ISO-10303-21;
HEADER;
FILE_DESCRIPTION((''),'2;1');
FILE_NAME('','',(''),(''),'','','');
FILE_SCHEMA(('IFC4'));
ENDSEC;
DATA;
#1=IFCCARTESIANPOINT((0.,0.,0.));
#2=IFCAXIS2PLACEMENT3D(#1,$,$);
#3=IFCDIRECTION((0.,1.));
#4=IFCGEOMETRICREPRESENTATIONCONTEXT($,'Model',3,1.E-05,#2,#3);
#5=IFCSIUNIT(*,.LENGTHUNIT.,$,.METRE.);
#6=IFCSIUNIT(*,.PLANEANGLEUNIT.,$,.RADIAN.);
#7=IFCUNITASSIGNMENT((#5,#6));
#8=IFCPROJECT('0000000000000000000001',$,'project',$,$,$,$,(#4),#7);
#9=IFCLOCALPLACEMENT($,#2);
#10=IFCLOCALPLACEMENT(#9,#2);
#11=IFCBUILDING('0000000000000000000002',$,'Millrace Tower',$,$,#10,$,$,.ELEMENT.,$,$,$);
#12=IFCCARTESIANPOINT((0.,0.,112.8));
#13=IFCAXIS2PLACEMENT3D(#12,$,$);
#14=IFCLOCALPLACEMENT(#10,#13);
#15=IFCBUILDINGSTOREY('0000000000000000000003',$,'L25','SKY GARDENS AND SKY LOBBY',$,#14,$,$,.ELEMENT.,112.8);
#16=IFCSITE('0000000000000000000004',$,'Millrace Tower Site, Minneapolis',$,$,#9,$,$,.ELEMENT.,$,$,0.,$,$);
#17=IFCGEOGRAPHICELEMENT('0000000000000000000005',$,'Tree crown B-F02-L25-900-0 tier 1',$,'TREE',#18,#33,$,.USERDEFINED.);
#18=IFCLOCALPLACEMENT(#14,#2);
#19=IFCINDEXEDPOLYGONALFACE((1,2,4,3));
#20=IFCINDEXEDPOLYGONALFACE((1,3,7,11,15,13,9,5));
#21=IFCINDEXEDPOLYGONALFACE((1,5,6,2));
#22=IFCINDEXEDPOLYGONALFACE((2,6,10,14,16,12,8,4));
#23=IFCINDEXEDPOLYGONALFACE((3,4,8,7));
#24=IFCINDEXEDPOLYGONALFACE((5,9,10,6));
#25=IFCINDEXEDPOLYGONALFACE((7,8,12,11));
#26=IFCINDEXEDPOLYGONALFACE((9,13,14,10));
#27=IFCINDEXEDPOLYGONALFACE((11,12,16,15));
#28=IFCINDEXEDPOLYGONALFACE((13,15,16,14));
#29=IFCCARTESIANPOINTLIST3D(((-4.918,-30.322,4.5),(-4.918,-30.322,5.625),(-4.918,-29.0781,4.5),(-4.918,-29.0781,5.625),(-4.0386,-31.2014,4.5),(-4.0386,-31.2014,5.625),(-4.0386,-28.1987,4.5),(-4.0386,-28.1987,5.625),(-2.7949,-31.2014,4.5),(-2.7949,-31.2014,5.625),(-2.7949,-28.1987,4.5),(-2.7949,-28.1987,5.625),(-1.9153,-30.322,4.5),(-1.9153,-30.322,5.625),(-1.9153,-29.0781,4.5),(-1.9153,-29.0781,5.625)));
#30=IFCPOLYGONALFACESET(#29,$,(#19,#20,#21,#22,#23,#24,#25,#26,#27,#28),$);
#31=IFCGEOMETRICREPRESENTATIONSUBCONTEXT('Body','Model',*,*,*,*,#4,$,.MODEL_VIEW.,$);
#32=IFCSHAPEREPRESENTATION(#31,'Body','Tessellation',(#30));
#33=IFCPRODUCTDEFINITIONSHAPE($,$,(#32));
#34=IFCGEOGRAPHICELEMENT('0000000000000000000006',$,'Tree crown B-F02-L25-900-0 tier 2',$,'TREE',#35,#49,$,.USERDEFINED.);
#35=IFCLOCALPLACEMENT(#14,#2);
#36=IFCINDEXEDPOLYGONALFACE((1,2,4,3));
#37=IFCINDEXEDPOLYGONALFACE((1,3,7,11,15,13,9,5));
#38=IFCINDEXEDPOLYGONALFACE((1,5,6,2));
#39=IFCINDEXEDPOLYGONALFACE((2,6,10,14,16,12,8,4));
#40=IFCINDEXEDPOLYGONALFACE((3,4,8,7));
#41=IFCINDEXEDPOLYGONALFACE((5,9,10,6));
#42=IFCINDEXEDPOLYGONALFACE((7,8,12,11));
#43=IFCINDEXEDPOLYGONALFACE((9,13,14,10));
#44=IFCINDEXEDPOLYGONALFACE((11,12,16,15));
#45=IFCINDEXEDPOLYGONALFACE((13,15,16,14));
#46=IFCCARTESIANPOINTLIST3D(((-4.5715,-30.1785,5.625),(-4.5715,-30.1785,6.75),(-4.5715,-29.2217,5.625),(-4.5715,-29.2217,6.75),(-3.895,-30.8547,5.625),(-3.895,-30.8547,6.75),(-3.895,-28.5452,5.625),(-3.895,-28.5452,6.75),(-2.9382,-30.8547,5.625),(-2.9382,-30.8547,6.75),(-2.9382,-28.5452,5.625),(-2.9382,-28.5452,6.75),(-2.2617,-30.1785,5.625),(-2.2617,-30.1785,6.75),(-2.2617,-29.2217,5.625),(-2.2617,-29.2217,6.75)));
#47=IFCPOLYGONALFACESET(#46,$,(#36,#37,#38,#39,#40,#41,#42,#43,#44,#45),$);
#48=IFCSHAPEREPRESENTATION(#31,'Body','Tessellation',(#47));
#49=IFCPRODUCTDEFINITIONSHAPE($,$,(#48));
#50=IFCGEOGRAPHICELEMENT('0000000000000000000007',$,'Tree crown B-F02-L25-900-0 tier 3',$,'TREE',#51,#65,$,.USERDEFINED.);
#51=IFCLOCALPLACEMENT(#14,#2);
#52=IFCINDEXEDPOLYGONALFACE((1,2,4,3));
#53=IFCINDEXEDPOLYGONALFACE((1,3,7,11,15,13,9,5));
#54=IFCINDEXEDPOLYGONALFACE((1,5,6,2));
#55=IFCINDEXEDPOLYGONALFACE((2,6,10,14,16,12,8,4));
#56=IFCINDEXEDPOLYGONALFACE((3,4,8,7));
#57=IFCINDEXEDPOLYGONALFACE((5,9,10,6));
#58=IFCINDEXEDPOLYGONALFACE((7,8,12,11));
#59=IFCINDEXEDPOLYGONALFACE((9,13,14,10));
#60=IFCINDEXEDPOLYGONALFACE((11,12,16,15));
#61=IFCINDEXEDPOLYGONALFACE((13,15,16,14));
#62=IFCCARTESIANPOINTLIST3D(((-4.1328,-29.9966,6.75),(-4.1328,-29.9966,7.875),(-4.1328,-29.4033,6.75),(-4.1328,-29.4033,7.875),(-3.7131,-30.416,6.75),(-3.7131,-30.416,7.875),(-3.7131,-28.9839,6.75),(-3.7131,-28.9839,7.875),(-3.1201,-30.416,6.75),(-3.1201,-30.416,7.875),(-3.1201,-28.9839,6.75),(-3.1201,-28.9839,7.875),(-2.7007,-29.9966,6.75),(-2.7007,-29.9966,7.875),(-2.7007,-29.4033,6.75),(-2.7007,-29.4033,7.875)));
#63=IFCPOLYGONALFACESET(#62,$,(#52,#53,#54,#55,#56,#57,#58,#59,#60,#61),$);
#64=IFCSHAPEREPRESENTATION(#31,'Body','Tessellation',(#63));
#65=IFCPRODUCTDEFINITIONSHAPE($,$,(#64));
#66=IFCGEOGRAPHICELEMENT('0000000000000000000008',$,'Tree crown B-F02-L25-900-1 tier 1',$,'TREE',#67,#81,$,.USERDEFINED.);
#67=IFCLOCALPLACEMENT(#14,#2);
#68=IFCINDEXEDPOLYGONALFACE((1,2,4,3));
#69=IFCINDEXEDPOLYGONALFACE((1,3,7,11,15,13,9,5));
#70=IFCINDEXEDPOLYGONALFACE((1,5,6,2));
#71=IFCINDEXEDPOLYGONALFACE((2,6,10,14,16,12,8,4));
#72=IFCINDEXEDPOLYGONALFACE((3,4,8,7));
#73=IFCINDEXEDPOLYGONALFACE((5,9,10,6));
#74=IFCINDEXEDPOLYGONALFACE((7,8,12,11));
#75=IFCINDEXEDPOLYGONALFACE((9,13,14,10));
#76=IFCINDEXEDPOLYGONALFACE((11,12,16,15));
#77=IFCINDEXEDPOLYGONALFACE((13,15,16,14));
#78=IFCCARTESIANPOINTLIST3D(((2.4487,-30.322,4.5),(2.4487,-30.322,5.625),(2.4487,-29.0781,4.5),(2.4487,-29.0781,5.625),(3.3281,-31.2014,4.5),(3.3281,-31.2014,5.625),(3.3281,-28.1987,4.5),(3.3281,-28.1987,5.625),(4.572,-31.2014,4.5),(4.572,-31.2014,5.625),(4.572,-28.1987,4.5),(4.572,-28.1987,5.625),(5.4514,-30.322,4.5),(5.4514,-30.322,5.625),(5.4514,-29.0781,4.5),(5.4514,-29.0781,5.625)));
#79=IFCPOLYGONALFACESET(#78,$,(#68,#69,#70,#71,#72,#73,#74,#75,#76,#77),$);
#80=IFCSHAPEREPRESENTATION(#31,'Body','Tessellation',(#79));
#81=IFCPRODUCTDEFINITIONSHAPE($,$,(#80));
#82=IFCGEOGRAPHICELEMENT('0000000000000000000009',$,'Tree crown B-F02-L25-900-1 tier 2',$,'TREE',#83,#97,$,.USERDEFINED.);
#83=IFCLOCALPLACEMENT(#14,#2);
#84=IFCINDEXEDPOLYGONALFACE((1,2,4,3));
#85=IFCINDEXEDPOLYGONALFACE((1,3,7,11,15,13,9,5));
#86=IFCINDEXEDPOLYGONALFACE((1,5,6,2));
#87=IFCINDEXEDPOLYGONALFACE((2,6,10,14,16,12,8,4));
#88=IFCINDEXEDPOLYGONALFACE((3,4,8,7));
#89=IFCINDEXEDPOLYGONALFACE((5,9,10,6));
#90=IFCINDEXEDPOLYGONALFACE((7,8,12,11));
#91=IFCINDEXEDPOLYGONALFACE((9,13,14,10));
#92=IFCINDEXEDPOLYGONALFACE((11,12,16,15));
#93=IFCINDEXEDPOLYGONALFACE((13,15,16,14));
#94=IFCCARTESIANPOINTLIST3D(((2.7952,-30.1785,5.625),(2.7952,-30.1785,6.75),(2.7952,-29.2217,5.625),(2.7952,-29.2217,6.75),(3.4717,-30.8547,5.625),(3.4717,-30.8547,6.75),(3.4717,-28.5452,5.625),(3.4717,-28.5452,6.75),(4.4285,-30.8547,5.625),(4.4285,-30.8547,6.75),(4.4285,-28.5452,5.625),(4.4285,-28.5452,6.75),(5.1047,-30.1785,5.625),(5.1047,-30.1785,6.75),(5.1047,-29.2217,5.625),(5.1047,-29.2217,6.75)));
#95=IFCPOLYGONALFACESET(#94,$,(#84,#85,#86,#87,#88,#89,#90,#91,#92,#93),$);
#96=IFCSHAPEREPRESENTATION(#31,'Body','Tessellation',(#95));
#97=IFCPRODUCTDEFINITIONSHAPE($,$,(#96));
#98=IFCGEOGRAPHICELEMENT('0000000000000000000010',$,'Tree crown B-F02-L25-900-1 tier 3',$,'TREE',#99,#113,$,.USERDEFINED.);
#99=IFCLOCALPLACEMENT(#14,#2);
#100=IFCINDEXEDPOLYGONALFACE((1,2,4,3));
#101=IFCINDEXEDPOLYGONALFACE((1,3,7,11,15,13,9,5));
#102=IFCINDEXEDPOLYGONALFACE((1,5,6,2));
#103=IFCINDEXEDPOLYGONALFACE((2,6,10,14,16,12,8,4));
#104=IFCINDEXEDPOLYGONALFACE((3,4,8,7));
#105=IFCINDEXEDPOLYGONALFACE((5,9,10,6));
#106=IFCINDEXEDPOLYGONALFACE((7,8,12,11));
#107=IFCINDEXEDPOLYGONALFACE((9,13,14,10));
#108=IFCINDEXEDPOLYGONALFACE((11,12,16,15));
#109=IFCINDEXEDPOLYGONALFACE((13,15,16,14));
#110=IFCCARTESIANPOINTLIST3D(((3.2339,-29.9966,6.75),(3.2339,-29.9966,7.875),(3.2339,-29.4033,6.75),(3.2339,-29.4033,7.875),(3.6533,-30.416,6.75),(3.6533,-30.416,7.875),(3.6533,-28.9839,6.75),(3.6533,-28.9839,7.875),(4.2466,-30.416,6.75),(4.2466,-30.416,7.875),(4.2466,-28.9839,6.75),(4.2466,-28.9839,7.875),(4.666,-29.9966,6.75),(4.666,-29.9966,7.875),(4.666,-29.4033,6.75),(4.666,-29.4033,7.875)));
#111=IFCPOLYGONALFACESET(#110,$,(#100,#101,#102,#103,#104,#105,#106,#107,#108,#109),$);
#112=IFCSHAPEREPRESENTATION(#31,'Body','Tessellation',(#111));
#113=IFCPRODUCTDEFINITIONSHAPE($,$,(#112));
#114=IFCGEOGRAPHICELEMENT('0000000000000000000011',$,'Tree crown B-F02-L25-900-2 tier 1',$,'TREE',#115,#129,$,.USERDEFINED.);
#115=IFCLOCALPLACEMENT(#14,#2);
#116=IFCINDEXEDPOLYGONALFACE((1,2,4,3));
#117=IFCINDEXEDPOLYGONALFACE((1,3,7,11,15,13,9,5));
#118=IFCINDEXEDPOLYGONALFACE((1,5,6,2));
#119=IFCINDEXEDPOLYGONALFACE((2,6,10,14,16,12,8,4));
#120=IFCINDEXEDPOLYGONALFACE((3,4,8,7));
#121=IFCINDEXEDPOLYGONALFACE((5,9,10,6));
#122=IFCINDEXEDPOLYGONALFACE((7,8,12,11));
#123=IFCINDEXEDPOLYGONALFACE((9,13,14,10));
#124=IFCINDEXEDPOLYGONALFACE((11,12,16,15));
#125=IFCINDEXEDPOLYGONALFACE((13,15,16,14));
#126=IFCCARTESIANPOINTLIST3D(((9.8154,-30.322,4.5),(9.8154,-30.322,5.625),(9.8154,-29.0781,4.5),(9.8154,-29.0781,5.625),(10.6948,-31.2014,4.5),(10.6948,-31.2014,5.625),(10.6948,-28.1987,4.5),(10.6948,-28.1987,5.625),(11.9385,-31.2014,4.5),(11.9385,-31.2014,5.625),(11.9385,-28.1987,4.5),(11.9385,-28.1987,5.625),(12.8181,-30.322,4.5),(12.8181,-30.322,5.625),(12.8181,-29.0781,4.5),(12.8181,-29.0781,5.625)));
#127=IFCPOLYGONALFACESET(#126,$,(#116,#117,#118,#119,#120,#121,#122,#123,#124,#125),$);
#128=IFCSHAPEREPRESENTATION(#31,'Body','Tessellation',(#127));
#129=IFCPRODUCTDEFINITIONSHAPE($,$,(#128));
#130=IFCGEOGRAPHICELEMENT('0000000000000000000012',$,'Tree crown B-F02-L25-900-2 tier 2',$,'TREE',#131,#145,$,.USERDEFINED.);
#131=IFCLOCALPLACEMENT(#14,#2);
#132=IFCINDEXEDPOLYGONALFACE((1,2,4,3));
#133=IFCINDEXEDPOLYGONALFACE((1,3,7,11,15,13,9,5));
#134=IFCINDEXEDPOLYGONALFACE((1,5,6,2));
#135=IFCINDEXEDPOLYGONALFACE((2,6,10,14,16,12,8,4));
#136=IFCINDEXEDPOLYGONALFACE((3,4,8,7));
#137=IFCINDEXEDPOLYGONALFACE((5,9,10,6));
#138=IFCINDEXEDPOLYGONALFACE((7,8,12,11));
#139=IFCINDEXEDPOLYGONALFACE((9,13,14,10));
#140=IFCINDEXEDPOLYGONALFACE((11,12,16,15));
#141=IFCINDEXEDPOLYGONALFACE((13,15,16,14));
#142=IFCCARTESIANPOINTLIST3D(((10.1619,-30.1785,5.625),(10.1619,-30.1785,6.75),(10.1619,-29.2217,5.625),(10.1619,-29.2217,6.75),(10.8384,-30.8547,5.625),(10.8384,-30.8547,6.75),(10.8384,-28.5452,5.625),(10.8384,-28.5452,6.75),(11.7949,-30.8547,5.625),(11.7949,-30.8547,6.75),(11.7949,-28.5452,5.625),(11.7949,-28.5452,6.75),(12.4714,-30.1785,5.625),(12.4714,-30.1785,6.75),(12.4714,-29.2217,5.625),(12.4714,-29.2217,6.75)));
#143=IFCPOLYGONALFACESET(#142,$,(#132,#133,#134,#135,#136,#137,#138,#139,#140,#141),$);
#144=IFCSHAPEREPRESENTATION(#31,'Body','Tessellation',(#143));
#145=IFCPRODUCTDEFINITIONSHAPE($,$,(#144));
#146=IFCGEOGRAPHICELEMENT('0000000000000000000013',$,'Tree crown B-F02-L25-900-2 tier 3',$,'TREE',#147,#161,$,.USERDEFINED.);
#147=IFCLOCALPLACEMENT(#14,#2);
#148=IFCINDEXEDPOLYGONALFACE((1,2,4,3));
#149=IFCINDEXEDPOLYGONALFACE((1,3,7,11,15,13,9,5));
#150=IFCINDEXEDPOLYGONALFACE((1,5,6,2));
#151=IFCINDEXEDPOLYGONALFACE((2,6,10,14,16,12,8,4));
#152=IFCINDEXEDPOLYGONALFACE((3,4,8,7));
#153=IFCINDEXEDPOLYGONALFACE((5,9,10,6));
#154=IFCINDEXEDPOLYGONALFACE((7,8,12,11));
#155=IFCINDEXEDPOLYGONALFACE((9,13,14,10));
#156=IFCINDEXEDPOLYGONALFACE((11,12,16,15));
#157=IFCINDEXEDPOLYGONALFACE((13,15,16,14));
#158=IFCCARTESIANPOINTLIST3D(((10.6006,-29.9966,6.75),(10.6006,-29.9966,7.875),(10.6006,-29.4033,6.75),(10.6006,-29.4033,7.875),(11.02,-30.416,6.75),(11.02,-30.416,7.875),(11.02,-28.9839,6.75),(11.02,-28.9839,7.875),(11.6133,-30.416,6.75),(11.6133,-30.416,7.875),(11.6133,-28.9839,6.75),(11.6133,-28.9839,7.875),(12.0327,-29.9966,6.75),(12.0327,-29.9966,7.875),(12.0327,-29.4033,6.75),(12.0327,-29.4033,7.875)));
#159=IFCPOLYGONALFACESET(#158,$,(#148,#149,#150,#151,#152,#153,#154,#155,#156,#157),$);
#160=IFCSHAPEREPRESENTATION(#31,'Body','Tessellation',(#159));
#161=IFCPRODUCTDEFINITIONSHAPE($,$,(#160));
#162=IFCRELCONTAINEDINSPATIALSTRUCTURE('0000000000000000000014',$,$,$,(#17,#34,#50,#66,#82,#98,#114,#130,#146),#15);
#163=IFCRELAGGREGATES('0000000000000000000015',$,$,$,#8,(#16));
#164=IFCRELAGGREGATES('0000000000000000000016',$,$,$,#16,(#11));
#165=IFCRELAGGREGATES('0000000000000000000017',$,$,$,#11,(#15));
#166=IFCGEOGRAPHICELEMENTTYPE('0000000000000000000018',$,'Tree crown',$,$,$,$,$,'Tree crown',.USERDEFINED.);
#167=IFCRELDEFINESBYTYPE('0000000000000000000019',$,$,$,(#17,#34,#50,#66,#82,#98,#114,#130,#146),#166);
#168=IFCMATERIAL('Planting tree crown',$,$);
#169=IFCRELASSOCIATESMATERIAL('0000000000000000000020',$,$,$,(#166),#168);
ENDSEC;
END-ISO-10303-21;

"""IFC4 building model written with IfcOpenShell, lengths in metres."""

from ifc_helpers import new_model, si_unit, direction, frame, origin, place, context, subcontext, project, spatial, polyline, outline, extrude, material, type_object, element, save


model = new_model("IFC4")

# Units and contexts
model_context = context("Model", 3, precision=1e-05, world=origin(), true_north=direction((0.0, 1.0)))
body_context = subcontext(model_context, "Body", "Model", "MODEL_VIEW")
ifc_project = project(units=[si_unit("LENGTHUNIT", "METRE"), si_unit("PLANEANGLEUNIT", "RADIAN")], contexts=[model_context])

# Site, building, storey
site_placement = place(None, origin())
site = spatial("IfcSite", under=ifc_project, at=site_placement, Name="Millrace Tower Site, Minneapolis", CompositionType="ELEMENT", RefElevation=0.0)
building_placement = place(site_placement, origin())
building = spatial("IfcBuilding", under=site, at=building_placement, Name="Millrace Tower", CompositionType="ELEMENT")
storey_placement = place(building_placement, frame((0.0, 0.0, 112.8)))
storey = spatial("IfcBuildingStorey", under=building, at=storey_placement, Name="L25", Description="SKY GARDENS AND SKY LOBBY", CompositionType="ELEMENT", Elevation=112.8)

# Geographic elements
ifc_material_1 = material(Name="Planting tree crown")
geographic_element_type = type_object("IfcGeographicElementType", Name="Tree crown", ElementType="Tree crown", PredefinedType="USERDEFINED", material=ifc_material_1)
placement_1 = place(storey_placement, frame((0.0, 0.0, 4.5)))
element("IfcGeographicElement", 1, at=placement_1, inside=storey, type_object=geographic_element_type, Name="Tree crown B-F02-L25-900-0 tier 1", ObjectType="TREE", PredefinedType="USERDEFINED", context=body_context, shape_type="SweptSolid", body=[
    extrude(outline(polyline([(-1.9153, -29.0781), (-2.7949, -28.1987), (-4.0386, -28.1987), (-4.918, -29.0781), (-4.918, -30.322), (-4.0386, -31.2014), (-2.7949, -31.2014), (-1.9153, -30.322), (-1.9153, -29.0781)])), origin(), (0.0, 0.0, 1.0), 1.125),
])
placement_2 = place(storey_placement, frame((0.0, 0.0, 5.625)))
element("IfcGeographicElement", 2, at=placement_2, inside=storey, type_object=geographic_element_type, Name="Tree crown B-F02-L25-900-0 tier 2", ObjectType="TREE", PredefinedType="USERDEFINED", context=body_context, shape_type="SweptSolid", body=[
    extrude(outline(polyline([(-2.2617, -29.2217), (-2.9382, -28.5452), (-3.895, -28.5452), (-4.5715, -29.2217), (-4.5715, -30.1785), (-3.895, -30.8547), (-2.9382, -30.8547), (-2.2617, -30.1785), (-2.2617, -29.2217)])), origin(), (0.0, 0.0, 1.0), 1.125),
])
placement_3 = place(storey_placement, frame((0.0, 0.0, 6.75)))
element("IfcGeographicElement", 3, at=placement_3, inside=storey, type_object=geographic_element_type, Name="Tree crown B-F02-L25-900-0 tier 3", ObjectType="TREE", PredefinedType="USERDEFINED", context=body_context, shape_type="SweptSolid", body=[
    extrude(outline(polyline([(-2.7007, -29.4033), (-3.1201, -28.9839), (-3.7131, -28.9839), (-4.1328, -29.4033), (-4.1328, -29.9966), (-3.7131, -30.416), (-3.1201, -30.416), (-2.7007, -29.9966), (-2.7007, -29.4033)])), origin(), (0.0, 0.0, 1.0), 1.125),
])
element("IfcGeographicElement", 4, at=placement_1, inside=storey, type_object=geographic_element_type, Name="Tree crown B-F02-L25-900-1 tier 1", ObjectType="TREE", PredefinedType="USERDEFINED", context=body_context, shape_type="SweptSolid", body=[
    extrude(outline(polyline([(5.4514, -29.0781), (4.572, -28.1987), (3.3281, -28.1987), (2.4487, -29.0781), (2.4487, -30.322), (3.3281, -31.2014), (4.572, -31.2014), (5.4514, -30.322), (5.4514, -29.0781)])), origin(), (0.0, 0.0, 1.0), 1.125),
])
element("IfcGeographicElement", 5, at=placement_2, inside=storey, type_object=geographic_element_type, Name="Tree crown B-F02-L25-900-1 tier 2", ObjectType="TREE", PredefinedType="USERDEFINED", context=body_context, shape_type="SweptSolid", body=[
    extrude(outline(polyline([(5.1047, -29.2217), (4.4285, -28.5452), (3.4717, -28.5452), (2.7952, -29.2217), (2.7952, -30.1785), (3.4717, -30.8547), (4.4285, -30.8547), (5.1047, -30.1785), (5.1047, -29.2217)])), origin(), (0.0, 0.0, 1.0), 1.125),
])
element("IfcGeographicElement", 6, at=placement_3, inside=storey, type_object=geographic_element_type, Name="Tree crown B-F02-L25-900-1 tier 3", ObjectType="TREE", PredefinedType="USERDEFINED", context=body_context, shape_type="SweptSolid", body=[
    extrude(outline(polyline([(4.666, -29.4033), (4.2466, -28.9839), (3.6533, -28.9839), (3.2339, -29.4033), (3.2339, -29.9966), (3.6533, -30.416), (4.2466, -30.416), (4.666, -29.9966), (4.666, -29.4033)])), origin(), (0.0, 0.0, 1.0), 1.125),
])
element("IfcGeographicElement", 7, at=placement_1, inside=storey, type_object=geographic_element_type, Name="Tree crown B-F02-L25-900-2 tier 1", ObjectType="TREE", PredefinedType="USERDEFINED", context=body_context, shape_type="SweptSolid", body=[
    extrude(outline(polyline([(12.8181, -29.0781), (11.9385, -28.1987), (10.6948, -28.1987), (9.8154, -29.0781), (9.8154, -30.322), (10.6948, -31.2014), (11.9385, -31.2014), (12.8181, -30.322), (12.8181, -29.0781)])), origin(), (0.0, 0.0, 1.0), 1.125),
])
element("IfcGeographicElement", 8, at=placement_2, inside=storey, type_object=geographic_element_type, Name="Tree crown B-F02-L25-900-2 tier 2", ObjectType="TREE", PredefinedType="USERDEFINED", context=body_context, shape_type="SweptSolid", body=[
    extrude(outline(polyline([(12.4714, -29.2217), (11.7949, -28.5452), (10.8384, -28.5452), (10.1619, -29.2217), (10.1619, -30.1785), (10.8384, -30.8547), (11.7949, -30.8547), (12.4714, -30.1785), (12.4714, -29.2217)])), origin(), (0.0, 0.0, 1.0), 1.125),
])
element("IfcGeographicElement", 9, at=placement_3, inside=storey, type_object=geographic_element_type, Name="Tree crown B-F02-L25-900-2 tier 3", ObjectType="TREE", PredefinedType="USERDEFINED", context=body_context, shape_type="SweptSolid", body=[
    extrude(outline(polyline([(12.0327, -29.4033), (11.6133, -28.9839), (11.02, -28.9839), (10.6006, -29.4033), (10.6006, -29.9966), (11.02, -30.416), (11.6133, -30.416), (12.0327, -29.9966), (12.0327, -29.4033)])), origin(), (0.0, 0.0, 1.0), 1.125),
])

save(model, "model.ifc")
